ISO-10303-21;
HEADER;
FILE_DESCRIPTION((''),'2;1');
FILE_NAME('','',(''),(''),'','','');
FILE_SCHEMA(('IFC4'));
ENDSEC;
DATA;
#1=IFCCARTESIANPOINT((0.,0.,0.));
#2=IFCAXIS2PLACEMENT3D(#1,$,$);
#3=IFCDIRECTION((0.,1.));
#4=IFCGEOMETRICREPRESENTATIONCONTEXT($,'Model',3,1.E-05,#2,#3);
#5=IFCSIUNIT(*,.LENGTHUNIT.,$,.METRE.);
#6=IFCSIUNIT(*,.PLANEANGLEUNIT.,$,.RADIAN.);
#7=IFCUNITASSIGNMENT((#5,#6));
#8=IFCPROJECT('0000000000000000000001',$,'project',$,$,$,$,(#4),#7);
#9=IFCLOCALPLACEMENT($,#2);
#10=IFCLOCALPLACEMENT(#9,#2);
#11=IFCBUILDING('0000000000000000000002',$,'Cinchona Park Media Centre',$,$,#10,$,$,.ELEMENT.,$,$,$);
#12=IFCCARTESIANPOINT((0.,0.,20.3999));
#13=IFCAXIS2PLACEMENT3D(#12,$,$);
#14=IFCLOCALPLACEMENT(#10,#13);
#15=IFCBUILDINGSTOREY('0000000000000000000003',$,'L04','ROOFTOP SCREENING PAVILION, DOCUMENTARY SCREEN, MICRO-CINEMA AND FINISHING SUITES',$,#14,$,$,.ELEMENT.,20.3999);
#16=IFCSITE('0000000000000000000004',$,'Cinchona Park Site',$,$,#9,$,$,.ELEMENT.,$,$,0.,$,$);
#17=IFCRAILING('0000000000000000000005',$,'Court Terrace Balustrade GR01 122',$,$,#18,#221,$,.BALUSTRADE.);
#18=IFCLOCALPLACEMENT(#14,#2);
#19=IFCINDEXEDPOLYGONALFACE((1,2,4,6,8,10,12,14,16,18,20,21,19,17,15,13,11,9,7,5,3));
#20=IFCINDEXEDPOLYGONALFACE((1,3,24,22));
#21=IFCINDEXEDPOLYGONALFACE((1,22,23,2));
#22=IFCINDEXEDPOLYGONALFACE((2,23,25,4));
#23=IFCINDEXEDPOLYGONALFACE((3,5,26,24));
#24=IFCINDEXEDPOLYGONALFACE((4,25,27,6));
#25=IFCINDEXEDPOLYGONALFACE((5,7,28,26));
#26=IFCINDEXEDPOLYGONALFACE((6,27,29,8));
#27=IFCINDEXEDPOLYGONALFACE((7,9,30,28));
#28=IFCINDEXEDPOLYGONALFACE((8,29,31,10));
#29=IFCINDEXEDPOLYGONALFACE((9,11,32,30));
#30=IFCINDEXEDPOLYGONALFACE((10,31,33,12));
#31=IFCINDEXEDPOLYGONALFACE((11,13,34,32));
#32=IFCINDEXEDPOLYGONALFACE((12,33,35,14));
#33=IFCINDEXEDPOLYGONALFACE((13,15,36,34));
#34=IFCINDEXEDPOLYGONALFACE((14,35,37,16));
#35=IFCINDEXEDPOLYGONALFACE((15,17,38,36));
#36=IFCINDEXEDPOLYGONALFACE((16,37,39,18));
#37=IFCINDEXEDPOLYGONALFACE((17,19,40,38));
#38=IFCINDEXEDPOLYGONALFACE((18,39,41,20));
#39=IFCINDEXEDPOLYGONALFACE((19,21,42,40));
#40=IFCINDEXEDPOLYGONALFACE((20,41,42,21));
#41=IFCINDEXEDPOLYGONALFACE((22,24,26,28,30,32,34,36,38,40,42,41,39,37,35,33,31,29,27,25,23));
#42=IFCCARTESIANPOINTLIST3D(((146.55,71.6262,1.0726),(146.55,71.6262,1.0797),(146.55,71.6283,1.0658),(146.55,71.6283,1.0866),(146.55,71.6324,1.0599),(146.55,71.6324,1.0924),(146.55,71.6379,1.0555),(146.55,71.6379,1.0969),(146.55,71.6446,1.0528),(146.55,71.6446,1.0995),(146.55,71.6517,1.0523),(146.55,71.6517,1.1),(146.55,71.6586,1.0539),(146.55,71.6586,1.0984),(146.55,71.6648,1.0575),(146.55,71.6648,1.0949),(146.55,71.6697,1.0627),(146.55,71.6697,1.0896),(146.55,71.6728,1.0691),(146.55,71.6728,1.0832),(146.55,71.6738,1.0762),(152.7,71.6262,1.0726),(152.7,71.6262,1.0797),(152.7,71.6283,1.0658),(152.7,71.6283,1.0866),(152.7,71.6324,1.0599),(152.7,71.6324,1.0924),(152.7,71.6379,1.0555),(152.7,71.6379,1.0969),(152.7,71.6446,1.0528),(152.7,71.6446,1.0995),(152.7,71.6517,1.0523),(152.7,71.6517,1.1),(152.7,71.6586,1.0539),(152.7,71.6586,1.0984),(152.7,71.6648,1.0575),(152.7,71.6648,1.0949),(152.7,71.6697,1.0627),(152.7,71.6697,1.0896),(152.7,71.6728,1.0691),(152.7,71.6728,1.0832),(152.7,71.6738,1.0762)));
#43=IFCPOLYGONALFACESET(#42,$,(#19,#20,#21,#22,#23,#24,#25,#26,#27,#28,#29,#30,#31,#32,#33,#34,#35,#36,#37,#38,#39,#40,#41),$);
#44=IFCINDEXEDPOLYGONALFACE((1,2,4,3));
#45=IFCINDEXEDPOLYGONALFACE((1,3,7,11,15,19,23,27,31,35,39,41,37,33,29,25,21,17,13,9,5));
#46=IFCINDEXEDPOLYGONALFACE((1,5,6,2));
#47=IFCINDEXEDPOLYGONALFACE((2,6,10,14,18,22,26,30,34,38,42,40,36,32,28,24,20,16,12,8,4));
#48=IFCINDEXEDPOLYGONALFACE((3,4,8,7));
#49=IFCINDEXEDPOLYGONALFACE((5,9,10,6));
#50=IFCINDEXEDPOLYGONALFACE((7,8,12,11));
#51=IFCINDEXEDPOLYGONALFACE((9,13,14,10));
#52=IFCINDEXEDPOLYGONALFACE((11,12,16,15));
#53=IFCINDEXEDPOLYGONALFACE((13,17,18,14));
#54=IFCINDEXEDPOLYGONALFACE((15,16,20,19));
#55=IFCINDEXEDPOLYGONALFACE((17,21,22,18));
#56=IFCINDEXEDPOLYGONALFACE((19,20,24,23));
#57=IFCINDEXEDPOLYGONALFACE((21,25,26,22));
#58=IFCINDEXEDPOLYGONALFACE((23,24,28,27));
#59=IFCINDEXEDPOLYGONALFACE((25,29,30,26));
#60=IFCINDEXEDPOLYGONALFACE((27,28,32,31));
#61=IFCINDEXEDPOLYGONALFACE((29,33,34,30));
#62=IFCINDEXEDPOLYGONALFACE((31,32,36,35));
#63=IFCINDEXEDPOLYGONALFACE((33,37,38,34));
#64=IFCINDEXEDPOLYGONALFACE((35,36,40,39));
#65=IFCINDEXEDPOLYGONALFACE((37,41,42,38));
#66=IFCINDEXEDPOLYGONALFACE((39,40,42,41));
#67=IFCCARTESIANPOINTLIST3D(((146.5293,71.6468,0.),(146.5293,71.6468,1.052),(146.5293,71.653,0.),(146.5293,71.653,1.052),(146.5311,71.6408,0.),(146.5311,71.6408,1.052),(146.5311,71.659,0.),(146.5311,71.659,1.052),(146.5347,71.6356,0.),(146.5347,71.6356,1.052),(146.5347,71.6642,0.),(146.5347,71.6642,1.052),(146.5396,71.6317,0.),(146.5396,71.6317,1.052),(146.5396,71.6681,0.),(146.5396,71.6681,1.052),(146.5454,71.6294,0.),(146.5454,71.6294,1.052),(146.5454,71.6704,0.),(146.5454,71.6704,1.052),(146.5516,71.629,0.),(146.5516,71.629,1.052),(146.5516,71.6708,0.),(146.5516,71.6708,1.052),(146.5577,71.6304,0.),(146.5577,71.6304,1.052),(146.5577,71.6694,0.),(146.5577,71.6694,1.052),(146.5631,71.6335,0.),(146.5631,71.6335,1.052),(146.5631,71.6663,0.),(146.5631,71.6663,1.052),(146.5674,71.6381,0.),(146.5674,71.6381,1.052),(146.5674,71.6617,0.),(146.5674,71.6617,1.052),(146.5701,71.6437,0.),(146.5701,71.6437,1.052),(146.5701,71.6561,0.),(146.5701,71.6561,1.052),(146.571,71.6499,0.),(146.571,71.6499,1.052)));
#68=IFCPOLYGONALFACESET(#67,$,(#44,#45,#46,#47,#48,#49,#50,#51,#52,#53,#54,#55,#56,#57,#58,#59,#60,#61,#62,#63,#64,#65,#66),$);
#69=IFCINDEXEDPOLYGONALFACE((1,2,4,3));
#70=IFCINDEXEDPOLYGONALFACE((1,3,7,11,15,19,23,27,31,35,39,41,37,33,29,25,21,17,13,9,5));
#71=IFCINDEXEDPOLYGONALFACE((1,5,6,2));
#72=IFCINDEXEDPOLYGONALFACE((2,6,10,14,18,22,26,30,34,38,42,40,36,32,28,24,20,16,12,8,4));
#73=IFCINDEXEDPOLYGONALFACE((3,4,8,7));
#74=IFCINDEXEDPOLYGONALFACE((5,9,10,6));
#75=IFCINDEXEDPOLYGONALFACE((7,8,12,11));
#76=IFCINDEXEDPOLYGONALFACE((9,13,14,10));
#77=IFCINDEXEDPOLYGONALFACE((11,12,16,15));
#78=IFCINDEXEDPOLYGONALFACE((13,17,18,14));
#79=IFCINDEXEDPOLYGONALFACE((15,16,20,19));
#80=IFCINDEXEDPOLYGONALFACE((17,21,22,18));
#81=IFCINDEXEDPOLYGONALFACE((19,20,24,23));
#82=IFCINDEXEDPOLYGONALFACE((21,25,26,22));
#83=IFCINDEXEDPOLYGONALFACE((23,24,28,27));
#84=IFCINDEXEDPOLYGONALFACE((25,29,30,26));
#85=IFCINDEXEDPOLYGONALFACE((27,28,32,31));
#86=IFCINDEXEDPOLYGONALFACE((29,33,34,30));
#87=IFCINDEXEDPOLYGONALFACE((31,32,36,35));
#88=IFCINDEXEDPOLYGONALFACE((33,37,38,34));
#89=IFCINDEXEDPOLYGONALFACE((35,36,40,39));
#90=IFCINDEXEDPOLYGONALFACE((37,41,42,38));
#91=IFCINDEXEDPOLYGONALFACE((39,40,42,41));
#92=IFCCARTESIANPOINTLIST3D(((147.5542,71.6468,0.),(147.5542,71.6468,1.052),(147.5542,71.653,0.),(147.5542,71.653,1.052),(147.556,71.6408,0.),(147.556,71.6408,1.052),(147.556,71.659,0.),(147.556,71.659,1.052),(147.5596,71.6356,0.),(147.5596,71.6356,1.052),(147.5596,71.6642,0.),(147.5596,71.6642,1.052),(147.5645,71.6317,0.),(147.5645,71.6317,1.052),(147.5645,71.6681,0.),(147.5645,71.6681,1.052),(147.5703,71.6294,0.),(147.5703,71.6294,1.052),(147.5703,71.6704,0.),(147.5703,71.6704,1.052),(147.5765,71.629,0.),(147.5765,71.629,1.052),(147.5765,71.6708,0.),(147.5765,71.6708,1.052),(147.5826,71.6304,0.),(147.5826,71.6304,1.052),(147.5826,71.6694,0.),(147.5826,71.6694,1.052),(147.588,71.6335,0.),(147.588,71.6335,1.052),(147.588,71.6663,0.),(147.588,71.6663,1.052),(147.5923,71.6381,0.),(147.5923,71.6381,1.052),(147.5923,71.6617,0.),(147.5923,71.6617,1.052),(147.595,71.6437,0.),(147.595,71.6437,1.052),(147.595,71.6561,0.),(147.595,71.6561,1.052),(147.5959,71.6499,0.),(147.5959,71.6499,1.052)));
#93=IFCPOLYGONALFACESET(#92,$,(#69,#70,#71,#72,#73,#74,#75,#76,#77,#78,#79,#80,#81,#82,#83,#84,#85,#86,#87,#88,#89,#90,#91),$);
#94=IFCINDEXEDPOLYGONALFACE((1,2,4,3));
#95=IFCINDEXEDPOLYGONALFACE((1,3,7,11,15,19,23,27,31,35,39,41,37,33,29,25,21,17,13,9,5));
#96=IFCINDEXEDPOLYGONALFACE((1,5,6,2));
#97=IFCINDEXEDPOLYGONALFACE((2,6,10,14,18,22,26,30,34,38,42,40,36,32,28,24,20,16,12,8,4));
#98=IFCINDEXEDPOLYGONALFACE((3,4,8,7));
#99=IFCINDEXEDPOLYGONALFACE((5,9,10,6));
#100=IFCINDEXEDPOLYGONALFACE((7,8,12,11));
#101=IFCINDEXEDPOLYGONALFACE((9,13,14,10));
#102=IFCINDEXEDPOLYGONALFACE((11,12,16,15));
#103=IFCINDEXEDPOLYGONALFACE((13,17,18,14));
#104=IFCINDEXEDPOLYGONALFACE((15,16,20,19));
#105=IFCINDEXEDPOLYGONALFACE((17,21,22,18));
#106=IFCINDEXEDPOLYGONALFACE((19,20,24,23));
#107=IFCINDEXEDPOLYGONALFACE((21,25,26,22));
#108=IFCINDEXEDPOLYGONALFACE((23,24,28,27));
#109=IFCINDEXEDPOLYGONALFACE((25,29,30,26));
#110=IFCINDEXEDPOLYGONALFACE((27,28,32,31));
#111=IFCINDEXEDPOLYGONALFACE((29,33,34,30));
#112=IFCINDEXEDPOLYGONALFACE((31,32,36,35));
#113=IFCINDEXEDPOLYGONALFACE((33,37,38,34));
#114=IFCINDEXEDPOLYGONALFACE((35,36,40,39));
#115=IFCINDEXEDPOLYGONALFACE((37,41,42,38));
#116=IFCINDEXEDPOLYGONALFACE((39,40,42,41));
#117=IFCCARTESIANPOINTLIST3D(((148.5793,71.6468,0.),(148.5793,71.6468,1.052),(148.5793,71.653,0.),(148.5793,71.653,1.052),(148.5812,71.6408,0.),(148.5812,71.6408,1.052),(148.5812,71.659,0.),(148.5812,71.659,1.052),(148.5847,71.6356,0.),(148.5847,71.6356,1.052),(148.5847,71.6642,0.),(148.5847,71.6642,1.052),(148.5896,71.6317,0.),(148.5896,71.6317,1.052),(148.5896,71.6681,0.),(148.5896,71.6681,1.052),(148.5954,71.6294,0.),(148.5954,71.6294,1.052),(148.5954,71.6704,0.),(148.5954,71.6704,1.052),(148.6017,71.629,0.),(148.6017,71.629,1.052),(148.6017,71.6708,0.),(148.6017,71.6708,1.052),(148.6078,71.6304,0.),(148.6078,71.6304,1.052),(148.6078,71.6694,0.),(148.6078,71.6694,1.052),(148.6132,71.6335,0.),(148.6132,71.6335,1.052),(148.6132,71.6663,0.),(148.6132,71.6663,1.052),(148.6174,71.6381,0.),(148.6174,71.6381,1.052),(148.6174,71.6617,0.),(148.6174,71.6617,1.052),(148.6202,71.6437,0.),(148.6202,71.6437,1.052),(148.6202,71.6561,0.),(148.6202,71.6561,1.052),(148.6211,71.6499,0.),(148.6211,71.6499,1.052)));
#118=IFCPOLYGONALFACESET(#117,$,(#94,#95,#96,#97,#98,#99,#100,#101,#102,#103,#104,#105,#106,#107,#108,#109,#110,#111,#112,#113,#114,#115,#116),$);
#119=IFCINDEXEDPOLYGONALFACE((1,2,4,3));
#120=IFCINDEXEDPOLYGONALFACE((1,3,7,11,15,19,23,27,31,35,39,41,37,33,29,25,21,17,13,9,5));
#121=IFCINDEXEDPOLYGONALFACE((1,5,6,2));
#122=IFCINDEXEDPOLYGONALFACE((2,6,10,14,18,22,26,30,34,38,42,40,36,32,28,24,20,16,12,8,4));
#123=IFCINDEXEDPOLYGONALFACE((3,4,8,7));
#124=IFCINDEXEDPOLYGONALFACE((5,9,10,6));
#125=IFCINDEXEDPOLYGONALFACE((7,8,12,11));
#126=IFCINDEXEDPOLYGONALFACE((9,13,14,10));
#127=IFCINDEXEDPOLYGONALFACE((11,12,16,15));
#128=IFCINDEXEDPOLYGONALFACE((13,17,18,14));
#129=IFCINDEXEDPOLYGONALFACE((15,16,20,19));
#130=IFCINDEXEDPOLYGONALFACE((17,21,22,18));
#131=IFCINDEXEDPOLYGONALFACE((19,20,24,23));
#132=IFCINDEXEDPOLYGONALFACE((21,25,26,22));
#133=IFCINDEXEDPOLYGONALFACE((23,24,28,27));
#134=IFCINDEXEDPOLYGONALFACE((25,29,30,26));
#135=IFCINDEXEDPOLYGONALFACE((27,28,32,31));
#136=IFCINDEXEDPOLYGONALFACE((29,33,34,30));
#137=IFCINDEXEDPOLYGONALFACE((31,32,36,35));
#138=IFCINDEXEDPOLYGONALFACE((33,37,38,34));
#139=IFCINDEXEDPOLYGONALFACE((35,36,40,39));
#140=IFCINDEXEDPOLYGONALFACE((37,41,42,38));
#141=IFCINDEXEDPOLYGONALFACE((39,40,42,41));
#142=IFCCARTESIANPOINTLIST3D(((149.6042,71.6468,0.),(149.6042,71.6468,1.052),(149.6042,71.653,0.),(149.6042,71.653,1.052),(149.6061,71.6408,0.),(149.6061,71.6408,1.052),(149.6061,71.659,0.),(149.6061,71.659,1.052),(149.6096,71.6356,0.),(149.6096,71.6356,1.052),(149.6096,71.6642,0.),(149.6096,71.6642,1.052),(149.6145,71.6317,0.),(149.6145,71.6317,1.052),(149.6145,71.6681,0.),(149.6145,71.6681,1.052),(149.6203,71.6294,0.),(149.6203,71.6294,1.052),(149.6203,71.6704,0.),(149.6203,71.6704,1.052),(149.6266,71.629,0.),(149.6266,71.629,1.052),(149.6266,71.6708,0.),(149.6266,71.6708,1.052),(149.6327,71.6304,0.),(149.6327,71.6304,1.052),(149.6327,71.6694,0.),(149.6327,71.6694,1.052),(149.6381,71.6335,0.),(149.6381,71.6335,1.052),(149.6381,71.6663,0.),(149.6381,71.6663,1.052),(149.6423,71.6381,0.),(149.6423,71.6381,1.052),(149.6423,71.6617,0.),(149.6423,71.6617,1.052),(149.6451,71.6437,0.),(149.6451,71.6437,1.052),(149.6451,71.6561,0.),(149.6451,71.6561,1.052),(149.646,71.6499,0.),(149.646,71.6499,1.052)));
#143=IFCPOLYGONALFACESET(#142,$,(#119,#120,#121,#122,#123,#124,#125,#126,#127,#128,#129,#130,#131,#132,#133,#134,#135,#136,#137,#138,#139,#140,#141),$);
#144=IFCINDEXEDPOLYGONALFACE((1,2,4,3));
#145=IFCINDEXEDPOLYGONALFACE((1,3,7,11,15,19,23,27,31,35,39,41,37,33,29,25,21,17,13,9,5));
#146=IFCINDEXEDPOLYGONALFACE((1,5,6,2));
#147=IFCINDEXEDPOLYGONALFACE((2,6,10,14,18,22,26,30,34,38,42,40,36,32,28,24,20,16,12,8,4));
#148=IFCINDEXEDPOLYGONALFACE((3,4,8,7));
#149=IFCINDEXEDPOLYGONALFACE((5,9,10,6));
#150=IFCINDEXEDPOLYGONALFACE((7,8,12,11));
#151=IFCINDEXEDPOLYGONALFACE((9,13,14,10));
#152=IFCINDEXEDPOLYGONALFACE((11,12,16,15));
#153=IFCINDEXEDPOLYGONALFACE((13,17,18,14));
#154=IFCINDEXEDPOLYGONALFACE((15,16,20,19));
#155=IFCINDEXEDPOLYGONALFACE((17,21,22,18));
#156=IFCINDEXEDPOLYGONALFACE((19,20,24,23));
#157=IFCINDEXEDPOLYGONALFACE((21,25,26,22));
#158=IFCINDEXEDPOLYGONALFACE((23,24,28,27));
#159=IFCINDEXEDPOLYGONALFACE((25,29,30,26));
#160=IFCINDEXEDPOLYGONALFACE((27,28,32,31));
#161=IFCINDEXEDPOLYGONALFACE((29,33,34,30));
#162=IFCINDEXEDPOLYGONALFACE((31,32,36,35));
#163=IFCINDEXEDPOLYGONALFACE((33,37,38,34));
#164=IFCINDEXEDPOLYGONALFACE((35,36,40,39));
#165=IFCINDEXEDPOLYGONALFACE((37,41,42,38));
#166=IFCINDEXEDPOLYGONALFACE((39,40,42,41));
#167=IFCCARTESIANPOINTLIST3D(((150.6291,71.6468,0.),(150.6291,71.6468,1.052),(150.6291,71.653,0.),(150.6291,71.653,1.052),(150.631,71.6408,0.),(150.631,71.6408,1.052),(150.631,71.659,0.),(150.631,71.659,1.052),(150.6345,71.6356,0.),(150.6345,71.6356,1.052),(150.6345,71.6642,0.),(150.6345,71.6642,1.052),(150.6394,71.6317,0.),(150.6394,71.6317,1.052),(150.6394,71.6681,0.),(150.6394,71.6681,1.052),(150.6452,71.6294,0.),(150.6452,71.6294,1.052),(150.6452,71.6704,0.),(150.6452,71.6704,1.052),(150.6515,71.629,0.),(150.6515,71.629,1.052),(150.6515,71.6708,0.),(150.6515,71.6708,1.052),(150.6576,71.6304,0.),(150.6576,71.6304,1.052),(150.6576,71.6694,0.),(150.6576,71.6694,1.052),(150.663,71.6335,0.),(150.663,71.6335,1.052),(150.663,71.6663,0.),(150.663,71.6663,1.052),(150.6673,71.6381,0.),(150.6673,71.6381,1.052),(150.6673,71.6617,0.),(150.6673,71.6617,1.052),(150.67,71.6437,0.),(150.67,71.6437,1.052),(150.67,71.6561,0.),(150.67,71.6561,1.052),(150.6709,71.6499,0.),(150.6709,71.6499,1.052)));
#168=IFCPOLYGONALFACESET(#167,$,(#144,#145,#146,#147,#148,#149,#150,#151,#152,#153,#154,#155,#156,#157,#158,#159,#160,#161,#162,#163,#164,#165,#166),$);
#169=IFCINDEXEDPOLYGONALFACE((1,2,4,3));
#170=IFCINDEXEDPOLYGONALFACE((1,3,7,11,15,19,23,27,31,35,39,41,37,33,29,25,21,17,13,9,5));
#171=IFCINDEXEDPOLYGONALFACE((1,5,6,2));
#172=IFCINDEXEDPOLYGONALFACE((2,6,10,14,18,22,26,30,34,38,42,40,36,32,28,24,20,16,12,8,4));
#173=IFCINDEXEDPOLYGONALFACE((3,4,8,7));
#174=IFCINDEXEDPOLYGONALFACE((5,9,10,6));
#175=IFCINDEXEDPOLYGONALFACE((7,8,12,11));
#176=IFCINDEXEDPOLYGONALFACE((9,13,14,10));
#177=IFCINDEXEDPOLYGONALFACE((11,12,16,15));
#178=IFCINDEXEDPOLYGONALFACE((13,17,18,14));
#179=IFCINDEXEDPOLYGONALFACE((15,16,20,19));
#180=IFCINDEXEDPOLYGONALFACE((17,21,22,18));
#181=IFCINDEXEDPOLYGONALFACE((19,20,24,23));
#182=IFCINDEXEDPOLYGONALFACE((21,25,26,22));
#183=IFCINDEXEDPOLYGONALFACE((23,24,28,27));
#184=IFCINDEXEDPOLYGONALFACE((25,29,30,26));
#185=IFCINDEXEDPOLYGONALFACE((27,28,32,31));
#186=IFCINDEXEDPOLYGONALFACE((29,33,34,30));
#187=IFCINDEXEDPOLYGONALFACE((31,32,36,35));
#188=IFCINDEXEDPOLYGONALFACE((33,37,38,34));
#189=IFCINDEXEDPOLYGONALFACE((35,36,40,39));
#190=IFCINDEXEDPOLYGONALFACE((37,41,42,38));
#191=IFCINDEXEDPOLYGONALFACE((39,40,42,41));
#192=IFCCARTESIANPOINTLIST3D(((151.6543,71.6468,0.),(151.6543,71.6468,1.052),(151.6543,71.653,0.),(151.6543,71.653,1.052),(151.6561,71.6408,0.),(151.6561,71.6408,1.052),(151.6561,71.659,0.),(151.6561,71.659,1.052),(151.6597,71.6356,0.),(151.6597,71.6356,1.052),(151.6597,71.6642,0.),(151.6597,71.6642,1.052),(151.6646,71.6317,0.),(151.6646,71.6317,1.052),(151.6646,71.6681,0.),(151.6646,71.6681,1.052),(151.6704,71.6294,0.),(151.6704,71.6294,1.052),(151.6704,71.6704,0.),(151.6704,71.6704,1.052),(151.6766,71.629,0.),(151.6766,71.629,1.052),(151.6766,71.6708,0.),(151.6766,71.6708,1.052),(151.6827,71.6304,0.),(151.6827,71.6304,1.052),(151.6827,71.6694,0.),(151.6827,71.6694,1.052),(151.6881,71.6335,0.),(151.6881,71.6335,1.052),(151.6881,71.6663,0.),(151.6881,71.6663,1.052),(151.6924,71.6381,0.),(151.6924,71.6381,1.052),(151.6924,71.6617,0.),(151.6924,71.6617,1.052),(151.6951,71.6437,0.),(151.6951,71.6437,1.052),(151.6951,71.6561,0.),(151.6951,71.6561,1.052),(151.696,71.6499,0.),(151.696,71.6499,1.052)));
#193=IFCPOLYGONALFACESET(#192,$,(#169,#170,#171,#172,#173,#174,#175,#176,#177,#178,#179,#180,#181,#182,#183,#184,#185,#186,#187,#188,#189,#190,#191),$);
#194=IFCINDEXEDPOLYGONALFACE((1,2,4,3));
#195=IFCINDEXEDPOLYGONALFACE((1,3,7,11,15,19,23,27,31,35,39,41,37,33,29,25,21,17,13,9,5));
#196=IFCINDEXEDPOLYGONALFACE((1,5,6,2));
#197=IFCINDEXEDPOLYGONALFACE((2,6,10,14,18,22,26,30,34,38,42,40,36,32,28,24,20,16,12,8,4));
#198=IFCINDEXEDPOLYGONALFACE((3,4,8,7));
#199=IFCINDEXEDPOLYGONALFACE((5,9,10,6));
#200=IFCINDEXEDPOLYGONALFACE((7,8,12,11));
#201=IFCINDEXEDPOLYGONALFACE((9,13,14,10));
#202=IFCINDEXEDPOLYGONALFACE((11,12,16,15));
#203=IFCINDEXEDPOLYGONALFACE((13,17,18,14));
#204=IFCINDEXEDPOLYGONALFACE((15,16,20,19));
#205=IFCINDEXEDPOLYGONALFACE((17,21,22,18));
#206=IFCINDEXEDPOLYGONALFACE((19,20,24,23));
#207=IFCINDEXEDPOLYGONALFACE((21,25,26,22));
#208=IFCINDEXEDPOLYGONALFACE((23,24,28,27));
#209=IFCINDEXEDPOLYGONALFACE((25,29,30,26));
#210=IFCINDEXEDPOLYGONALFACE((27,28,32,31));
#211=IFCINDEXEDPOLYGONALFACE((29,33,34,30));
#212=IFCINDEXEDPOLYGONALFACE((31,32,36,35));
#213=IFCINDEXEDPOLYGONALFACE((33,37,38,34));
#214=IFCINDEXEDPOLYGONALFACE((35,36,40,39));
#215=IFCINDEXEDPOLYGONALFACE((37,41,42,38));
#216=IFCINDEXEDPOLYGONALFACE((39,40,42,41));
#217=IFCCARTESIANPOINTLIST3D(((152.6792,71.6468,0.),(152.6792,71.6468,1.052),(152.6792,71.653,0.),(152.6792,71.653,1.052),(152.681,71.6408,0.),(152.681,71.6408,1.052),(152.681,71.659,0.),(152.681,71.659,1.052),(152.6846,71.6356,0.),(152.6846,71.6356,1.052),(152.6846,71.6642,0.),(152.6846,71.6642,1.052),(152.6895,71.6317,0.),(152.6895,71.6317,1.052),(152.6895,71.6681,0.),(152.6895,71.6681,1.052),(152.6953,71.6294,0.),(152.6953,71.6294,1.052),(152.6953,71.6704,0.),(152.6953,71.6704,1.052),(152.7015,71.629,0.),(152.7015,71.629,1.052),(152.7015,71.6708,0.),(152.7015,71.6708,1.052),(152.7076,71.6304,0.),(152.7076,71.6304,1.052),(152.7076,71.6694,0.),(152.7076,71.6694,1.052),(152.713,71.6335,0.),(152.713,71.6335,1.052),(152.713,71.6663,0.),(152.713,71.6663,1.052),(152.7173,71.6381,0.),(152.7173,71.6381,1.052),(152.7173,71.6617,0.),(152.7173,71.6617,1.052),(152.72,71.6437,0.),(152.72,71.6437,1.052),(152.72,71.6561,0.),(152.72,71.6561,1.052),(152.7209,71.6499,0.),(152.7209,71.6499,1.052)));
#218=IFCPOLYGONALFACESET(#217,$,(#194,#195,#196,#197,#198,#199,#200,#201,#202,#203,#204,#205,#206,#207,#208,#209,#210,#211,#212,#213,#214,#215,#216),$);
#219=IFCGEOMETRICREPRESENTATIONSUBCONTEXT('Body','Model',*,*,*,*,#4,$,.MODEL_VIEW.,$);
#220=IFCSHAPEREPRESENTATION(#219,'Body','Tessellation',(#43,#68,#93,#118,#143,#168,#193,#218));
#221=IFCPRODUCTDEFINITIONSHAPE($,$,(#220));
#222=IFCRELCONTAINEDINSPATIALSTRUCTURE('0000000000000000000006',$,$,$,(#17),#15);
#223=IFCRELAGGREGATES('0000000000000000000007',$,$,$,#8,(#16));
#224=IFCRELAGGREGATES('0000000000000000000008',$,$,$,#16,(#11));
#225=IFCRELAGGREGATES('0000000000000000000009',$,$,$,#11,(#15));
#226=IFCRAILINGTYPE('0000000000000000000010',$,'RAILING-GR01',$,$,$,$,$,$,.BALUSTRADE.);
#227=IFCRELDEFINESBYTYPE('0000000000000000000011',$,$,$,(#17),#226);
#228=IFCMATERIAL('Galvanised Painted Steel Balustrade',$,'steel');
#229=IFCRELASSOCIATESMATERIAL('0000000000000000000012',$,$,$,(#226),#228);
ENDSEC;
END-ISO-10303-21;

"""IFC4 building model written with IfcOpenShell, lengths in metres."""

from ifc_helpers import new_model, si_unit, direction, frame, origin, origin_2d, place, context, subcontext, project, spatial, circle, extrude, material, type_object, element, save


model = new_model("IFC4")

# Units and contexts
model_context = context("Model", 3, precision=1e-05, world=origin(), true_north=direction((0.0, 1.0)))
body_context = subcontext(model_context, "Body", "Model", "MODEL_VIEW")
ifc_project = project(units=[si_unit("LENGTHUNIT", "METRE"), si_unit("PLANEANGLEUNIT", "RADIAN")], contexts=[model_context])

# Site, building, storey
site_placement = place(None, origin())
site = spatial("IfcSite", under=ifc_project, at=site_placement, Name="Cinchona Park Site", CompositionType="ELEMENT", RefElevation=0.0)
building_placement = place(site_placement, origin())
building = spatial("IfcBuilding", under=site, at=building_placement, Name="Cinchona Park Media Centre", CompositionType="ELEMENT")
storey_placement = place(building_placement, frame((0.0, 0.0, 20.3999)))
storey = spatial("IfcBuildingStorey", under=building, at=storey_placement, Name="L04", Description="ROOFTOP SCREENING PAVILION, DOCUMENTARY SCREEN, MICRO-CINEMA AND FINISHING SUITES", CompositionType="ELEMENT", Elevation=20.3999)

# Railing
ifc_material_1 = material(Name="Galvanised Painted Steel Balustrade", Category="steel")
railing_type_1 = type_object("IfcRailingType", Name="RAILING-GR01", PredefinedType="BALUSTRADE", material=ifc_material_1)
railing_1_placement = place(storey_placement, frame((146.55, 71.6499, 0.0)))
element("IfcRailing", 1, at=railing_1_placement, inside=storey, type_object=railing_type_1, Name="Court Terrace Balustrade GR01 122", PredefinedType="BALUSTRADE", context=body_context, shape_type="SweptSolid", body=[
    extrude(circle(Radius=0.0239, at=origin_2d()), frame((0.0, 0.0, 1.0762), z_axis=(1.0, 0.0, 0.0), x_axis=(0.0, 1.0, 0.0)), (0.0, 0.0, 1.0), 6.1499),
    extrude(circle(Radius=0.021, at=origin_2d()), origin(), (0.0, 0.0, 1.0), 1.052),
    extrude(circle(Radius=0.021, at=origin_2d()), frame((1.0249, 0.0, 0.0)), (0.0, 0.0, 1.0), 1.052),
    extrude(circle(Radius=0.021, at=origin_2d()), frame((2.05, 0.0, 0.0)), (0.0, 0.0, 1.0), 1.052),
    extrude(circle(Radius=0.021, at=origin_2d()), frame((3.075, 0.0, 0.0)), (0.0, 0.0, 1.0), 1.052),
    extrude(circle(Radius=0.021, at=origin_2d()), frame((4.0999, 0.0, 0.0)), (0.0, 0.0, 1.0), 1.052),
    extrude(circle(Radius=0.021, at=origin_2d()), frame((5.125, 0.0, 0.0)), (0.0, 0.0, 1.0), 1.052),
    extrude(circle(Radius=0.021, at=origin_2d()), frame((6.1499, 0.0, 0.0)), (0.0, 0.0, 1.0), 1.052),
])

save(model, "model.ifc")
